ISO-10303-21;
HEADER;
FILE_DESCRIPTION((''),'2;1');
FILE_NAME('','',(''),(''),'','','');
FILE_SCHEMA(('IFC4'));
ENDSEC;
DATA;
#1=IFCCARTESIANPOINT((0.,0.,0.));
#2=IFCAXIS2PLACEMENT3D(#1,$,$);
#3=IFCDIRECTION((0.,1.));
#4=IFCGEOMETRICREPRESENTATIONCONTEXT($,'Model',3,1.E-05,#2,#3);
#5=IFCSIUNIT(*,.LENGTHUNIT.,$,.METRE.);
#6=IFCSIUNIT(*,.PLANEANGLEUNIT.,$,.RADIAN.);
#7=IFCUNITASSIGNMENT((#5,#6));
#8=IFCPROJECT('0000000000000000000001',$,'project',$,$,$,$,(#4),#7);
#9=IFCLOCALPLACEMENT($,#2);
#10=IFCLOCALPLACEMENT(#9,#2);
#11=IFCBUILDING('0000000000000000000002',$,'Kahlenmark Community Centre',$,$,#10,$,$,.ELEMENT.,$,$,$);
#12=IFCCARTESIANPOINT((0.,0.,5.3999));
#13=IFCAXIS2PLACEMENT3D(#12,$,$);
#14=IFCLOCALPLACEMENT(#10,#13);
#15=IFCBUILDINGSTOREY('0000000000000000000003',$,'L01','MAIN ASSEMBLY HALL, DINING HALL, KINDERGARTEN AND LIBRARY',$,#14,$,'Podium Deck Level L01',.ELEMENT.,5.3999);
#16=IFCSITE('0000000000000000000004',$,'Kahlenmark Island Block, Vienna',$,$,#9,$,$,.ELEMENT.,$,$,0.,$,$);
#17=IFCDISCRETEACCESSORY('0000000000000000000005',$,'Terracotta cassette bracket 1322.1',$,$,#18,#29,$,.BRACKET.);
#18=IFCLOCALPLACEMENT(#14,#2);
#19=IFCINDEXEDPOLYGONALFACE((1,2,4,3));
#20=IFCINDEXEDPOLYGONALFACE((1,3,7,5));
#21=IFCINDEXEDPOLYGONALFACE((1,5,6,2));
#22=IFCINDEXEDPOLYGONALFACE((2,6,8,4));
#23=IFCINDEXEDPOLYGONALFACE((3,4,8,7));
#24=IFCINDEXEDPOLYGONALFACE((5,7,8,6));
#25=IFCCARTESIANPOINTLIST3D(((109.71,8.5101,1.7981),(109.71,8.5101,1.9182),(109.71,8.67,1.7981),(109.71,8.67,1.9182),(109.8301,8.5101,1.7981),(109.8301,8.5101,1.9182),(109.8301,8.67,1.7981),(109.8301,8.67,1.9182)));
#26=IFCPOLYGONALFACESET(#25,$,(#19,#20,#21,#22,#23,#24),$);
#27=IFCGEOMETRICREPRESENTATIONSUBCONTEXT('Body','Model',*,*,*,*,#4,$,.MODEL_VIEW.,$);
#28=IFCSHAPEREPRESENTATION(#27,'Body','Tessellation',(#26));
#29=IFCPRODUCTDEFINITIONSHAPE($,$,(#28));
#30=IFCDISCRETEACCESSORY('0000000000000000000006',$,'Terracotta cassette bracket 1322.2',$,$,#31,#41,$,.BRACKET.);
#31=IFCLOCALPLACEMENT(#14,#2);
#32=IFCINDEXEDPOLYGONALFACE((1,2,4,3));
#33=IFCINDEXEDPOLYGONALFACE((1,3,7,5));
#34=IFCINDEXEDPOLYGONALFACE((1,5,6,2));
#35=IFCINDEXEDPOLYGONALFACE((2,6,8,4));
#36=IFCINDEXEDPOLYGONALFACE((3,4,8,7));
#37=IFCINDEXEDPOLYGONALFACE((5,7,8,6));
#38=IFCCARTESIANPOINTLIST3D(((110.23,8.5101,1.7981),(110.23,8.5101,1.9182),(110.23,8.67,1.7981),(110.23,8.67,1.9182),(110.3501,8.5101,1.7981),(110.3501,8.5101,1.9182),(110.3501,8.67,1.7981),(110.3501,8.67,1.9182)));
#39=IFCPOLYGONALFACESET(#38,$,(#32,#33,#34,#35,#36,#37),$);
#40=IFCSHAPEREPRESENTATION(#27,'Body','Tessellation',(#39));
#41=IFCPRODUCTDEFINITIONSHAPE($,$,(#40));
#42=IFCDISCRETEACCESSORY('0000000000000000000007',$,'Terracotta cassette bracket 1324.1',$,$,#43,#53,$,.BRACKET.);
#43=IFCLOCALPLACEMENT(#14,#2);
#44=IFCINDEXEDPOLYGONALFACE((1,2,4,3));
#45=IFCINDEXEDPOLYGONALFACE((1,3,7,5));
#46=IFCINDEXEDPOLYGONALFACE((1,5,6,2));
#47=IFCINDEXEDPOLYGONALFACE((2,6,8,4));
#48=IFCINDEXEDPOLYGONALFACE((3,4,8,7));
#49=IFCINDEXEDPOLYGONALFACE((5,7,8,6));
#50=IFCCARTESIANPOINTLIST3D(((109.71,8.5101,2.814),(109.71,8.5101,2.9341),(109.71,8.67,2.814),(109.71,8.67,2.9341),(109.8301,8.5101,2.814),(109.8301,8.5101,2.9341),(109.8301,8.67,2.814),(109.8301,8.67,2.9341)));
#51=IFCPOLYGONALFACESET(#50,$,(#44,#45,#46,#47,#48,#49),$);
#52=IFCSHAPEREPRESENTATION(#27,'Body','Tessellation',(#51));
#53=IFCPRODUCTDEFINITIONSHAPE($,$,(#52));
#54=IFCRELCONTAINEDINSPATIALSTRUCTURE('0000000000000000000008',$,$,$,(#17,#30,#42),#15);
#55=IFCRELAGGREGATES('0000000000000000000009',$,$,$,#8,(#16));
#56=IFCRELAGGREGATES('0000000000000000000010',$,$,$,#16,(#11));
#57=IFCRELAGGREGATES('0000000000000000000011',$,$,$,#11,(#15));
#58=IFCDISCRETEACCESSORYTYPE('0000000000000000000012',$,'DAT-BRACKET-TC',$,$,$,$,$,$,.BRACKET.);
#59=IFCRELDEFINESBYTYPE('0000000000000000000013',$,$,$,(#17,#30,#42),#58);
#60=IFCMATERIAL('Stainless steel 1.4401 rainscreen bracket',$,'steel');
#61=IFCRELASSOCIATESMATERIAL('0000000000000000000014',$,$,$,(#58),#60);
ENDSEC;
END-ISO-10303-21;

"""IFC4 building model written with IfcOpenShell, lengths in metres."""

from ifc_helpers import new_model, si_unit, direction, frame, origin, origin_2d, place, context, subcontext, project, spatial, rectangle, extrude, material, type_object, element, save


model = new_model("IFC4")

# Units and contexts
model_context = context("Model", 3, precision=1e-05, world=origin(), true_north=direction((0.0, 1.0)))
body_context = subcontext(model_context, "Body", "Model", "MODEL_VIEW")
ifc_project = project(units=[si_unit("LENGTHUNIT", "METRE"), si_unit("PLANEANGLEUNIT", "RADIAN")], contexts=[model_context])

# Site, building, storey
site_placement = place(None, origin())
site = spatial("IfcSite", under=ifc_project, at=site_placement, Name="Kahlenmark Island Block, Vienna", CompositionType="ELEMENT", RefElevation=0.0)
building_placement = place(site_placement, origin())
building = spatial("IfcBuilding", under=site, at=building_placement, Name="Kahlenmark Community Centre", CompositionType="ELEMENT")
storey_placement = place(building_placement, frame((0.0, 0.0, 5.3999)))
storey = spatial("IfcBuildingStorey", under=building, at=storey_placement, Name="L01", Description="MAIN ASSEMBLY HALL, DINING HALL, KINDERGARTEN AND LIBRARY", LongName="Podium Deck Level L01", CompositionType="ELEMENT", Elevation=5.3999)

# Discrete accessories
ifc_material_1 = material(Name="Stainless steel 1.4401 rainscreen bracket", Category="steel")
discrete_accessory_type = type_object("IfcDiscreteAccessoryType", Name="DAT-BRACKET-TC", PredefinedType="BRACKET", material=ifc_material_1)
for number, where, z_axis, x_axis, name in (
    (1, (109.77, 8.5901, 1.7981), (0.0, 0.0, 1.0), (1.0, 0.0, 0.0), "Terracotta cassette bracket 1322.1"),
    (2, (110.29, 8.5901, 1.7981), (0.0, 0.0, 1.0), (1.0, 0.0, 0.0), "Terracotta cassette bracket 1322.2"),
    (3, (109.77, 8.5901, 2.814), (0.0, 0.0, 1.0), (1.0, 0.0, 0.0), "Terracotta cassette bracket 1324.1"),
):
    element("IfcDiscreteAccessory", number, at=place(storey_placement, frame(where, z_axis=z_axis, x_axis=x_axis)), inside=storey, type_object=discrete_accessory_type, Name=name, PredefinedType="BRACKET", context=body_context, shape_type="SweptSolid", body=[
        extrude(rectangle(XDim=0.1201, YDim=0.1599, at=origin_2d()), origin(), (0.0, 0.0, 1.0), 0.1201),
    ])

save(model, "model.ifc")
